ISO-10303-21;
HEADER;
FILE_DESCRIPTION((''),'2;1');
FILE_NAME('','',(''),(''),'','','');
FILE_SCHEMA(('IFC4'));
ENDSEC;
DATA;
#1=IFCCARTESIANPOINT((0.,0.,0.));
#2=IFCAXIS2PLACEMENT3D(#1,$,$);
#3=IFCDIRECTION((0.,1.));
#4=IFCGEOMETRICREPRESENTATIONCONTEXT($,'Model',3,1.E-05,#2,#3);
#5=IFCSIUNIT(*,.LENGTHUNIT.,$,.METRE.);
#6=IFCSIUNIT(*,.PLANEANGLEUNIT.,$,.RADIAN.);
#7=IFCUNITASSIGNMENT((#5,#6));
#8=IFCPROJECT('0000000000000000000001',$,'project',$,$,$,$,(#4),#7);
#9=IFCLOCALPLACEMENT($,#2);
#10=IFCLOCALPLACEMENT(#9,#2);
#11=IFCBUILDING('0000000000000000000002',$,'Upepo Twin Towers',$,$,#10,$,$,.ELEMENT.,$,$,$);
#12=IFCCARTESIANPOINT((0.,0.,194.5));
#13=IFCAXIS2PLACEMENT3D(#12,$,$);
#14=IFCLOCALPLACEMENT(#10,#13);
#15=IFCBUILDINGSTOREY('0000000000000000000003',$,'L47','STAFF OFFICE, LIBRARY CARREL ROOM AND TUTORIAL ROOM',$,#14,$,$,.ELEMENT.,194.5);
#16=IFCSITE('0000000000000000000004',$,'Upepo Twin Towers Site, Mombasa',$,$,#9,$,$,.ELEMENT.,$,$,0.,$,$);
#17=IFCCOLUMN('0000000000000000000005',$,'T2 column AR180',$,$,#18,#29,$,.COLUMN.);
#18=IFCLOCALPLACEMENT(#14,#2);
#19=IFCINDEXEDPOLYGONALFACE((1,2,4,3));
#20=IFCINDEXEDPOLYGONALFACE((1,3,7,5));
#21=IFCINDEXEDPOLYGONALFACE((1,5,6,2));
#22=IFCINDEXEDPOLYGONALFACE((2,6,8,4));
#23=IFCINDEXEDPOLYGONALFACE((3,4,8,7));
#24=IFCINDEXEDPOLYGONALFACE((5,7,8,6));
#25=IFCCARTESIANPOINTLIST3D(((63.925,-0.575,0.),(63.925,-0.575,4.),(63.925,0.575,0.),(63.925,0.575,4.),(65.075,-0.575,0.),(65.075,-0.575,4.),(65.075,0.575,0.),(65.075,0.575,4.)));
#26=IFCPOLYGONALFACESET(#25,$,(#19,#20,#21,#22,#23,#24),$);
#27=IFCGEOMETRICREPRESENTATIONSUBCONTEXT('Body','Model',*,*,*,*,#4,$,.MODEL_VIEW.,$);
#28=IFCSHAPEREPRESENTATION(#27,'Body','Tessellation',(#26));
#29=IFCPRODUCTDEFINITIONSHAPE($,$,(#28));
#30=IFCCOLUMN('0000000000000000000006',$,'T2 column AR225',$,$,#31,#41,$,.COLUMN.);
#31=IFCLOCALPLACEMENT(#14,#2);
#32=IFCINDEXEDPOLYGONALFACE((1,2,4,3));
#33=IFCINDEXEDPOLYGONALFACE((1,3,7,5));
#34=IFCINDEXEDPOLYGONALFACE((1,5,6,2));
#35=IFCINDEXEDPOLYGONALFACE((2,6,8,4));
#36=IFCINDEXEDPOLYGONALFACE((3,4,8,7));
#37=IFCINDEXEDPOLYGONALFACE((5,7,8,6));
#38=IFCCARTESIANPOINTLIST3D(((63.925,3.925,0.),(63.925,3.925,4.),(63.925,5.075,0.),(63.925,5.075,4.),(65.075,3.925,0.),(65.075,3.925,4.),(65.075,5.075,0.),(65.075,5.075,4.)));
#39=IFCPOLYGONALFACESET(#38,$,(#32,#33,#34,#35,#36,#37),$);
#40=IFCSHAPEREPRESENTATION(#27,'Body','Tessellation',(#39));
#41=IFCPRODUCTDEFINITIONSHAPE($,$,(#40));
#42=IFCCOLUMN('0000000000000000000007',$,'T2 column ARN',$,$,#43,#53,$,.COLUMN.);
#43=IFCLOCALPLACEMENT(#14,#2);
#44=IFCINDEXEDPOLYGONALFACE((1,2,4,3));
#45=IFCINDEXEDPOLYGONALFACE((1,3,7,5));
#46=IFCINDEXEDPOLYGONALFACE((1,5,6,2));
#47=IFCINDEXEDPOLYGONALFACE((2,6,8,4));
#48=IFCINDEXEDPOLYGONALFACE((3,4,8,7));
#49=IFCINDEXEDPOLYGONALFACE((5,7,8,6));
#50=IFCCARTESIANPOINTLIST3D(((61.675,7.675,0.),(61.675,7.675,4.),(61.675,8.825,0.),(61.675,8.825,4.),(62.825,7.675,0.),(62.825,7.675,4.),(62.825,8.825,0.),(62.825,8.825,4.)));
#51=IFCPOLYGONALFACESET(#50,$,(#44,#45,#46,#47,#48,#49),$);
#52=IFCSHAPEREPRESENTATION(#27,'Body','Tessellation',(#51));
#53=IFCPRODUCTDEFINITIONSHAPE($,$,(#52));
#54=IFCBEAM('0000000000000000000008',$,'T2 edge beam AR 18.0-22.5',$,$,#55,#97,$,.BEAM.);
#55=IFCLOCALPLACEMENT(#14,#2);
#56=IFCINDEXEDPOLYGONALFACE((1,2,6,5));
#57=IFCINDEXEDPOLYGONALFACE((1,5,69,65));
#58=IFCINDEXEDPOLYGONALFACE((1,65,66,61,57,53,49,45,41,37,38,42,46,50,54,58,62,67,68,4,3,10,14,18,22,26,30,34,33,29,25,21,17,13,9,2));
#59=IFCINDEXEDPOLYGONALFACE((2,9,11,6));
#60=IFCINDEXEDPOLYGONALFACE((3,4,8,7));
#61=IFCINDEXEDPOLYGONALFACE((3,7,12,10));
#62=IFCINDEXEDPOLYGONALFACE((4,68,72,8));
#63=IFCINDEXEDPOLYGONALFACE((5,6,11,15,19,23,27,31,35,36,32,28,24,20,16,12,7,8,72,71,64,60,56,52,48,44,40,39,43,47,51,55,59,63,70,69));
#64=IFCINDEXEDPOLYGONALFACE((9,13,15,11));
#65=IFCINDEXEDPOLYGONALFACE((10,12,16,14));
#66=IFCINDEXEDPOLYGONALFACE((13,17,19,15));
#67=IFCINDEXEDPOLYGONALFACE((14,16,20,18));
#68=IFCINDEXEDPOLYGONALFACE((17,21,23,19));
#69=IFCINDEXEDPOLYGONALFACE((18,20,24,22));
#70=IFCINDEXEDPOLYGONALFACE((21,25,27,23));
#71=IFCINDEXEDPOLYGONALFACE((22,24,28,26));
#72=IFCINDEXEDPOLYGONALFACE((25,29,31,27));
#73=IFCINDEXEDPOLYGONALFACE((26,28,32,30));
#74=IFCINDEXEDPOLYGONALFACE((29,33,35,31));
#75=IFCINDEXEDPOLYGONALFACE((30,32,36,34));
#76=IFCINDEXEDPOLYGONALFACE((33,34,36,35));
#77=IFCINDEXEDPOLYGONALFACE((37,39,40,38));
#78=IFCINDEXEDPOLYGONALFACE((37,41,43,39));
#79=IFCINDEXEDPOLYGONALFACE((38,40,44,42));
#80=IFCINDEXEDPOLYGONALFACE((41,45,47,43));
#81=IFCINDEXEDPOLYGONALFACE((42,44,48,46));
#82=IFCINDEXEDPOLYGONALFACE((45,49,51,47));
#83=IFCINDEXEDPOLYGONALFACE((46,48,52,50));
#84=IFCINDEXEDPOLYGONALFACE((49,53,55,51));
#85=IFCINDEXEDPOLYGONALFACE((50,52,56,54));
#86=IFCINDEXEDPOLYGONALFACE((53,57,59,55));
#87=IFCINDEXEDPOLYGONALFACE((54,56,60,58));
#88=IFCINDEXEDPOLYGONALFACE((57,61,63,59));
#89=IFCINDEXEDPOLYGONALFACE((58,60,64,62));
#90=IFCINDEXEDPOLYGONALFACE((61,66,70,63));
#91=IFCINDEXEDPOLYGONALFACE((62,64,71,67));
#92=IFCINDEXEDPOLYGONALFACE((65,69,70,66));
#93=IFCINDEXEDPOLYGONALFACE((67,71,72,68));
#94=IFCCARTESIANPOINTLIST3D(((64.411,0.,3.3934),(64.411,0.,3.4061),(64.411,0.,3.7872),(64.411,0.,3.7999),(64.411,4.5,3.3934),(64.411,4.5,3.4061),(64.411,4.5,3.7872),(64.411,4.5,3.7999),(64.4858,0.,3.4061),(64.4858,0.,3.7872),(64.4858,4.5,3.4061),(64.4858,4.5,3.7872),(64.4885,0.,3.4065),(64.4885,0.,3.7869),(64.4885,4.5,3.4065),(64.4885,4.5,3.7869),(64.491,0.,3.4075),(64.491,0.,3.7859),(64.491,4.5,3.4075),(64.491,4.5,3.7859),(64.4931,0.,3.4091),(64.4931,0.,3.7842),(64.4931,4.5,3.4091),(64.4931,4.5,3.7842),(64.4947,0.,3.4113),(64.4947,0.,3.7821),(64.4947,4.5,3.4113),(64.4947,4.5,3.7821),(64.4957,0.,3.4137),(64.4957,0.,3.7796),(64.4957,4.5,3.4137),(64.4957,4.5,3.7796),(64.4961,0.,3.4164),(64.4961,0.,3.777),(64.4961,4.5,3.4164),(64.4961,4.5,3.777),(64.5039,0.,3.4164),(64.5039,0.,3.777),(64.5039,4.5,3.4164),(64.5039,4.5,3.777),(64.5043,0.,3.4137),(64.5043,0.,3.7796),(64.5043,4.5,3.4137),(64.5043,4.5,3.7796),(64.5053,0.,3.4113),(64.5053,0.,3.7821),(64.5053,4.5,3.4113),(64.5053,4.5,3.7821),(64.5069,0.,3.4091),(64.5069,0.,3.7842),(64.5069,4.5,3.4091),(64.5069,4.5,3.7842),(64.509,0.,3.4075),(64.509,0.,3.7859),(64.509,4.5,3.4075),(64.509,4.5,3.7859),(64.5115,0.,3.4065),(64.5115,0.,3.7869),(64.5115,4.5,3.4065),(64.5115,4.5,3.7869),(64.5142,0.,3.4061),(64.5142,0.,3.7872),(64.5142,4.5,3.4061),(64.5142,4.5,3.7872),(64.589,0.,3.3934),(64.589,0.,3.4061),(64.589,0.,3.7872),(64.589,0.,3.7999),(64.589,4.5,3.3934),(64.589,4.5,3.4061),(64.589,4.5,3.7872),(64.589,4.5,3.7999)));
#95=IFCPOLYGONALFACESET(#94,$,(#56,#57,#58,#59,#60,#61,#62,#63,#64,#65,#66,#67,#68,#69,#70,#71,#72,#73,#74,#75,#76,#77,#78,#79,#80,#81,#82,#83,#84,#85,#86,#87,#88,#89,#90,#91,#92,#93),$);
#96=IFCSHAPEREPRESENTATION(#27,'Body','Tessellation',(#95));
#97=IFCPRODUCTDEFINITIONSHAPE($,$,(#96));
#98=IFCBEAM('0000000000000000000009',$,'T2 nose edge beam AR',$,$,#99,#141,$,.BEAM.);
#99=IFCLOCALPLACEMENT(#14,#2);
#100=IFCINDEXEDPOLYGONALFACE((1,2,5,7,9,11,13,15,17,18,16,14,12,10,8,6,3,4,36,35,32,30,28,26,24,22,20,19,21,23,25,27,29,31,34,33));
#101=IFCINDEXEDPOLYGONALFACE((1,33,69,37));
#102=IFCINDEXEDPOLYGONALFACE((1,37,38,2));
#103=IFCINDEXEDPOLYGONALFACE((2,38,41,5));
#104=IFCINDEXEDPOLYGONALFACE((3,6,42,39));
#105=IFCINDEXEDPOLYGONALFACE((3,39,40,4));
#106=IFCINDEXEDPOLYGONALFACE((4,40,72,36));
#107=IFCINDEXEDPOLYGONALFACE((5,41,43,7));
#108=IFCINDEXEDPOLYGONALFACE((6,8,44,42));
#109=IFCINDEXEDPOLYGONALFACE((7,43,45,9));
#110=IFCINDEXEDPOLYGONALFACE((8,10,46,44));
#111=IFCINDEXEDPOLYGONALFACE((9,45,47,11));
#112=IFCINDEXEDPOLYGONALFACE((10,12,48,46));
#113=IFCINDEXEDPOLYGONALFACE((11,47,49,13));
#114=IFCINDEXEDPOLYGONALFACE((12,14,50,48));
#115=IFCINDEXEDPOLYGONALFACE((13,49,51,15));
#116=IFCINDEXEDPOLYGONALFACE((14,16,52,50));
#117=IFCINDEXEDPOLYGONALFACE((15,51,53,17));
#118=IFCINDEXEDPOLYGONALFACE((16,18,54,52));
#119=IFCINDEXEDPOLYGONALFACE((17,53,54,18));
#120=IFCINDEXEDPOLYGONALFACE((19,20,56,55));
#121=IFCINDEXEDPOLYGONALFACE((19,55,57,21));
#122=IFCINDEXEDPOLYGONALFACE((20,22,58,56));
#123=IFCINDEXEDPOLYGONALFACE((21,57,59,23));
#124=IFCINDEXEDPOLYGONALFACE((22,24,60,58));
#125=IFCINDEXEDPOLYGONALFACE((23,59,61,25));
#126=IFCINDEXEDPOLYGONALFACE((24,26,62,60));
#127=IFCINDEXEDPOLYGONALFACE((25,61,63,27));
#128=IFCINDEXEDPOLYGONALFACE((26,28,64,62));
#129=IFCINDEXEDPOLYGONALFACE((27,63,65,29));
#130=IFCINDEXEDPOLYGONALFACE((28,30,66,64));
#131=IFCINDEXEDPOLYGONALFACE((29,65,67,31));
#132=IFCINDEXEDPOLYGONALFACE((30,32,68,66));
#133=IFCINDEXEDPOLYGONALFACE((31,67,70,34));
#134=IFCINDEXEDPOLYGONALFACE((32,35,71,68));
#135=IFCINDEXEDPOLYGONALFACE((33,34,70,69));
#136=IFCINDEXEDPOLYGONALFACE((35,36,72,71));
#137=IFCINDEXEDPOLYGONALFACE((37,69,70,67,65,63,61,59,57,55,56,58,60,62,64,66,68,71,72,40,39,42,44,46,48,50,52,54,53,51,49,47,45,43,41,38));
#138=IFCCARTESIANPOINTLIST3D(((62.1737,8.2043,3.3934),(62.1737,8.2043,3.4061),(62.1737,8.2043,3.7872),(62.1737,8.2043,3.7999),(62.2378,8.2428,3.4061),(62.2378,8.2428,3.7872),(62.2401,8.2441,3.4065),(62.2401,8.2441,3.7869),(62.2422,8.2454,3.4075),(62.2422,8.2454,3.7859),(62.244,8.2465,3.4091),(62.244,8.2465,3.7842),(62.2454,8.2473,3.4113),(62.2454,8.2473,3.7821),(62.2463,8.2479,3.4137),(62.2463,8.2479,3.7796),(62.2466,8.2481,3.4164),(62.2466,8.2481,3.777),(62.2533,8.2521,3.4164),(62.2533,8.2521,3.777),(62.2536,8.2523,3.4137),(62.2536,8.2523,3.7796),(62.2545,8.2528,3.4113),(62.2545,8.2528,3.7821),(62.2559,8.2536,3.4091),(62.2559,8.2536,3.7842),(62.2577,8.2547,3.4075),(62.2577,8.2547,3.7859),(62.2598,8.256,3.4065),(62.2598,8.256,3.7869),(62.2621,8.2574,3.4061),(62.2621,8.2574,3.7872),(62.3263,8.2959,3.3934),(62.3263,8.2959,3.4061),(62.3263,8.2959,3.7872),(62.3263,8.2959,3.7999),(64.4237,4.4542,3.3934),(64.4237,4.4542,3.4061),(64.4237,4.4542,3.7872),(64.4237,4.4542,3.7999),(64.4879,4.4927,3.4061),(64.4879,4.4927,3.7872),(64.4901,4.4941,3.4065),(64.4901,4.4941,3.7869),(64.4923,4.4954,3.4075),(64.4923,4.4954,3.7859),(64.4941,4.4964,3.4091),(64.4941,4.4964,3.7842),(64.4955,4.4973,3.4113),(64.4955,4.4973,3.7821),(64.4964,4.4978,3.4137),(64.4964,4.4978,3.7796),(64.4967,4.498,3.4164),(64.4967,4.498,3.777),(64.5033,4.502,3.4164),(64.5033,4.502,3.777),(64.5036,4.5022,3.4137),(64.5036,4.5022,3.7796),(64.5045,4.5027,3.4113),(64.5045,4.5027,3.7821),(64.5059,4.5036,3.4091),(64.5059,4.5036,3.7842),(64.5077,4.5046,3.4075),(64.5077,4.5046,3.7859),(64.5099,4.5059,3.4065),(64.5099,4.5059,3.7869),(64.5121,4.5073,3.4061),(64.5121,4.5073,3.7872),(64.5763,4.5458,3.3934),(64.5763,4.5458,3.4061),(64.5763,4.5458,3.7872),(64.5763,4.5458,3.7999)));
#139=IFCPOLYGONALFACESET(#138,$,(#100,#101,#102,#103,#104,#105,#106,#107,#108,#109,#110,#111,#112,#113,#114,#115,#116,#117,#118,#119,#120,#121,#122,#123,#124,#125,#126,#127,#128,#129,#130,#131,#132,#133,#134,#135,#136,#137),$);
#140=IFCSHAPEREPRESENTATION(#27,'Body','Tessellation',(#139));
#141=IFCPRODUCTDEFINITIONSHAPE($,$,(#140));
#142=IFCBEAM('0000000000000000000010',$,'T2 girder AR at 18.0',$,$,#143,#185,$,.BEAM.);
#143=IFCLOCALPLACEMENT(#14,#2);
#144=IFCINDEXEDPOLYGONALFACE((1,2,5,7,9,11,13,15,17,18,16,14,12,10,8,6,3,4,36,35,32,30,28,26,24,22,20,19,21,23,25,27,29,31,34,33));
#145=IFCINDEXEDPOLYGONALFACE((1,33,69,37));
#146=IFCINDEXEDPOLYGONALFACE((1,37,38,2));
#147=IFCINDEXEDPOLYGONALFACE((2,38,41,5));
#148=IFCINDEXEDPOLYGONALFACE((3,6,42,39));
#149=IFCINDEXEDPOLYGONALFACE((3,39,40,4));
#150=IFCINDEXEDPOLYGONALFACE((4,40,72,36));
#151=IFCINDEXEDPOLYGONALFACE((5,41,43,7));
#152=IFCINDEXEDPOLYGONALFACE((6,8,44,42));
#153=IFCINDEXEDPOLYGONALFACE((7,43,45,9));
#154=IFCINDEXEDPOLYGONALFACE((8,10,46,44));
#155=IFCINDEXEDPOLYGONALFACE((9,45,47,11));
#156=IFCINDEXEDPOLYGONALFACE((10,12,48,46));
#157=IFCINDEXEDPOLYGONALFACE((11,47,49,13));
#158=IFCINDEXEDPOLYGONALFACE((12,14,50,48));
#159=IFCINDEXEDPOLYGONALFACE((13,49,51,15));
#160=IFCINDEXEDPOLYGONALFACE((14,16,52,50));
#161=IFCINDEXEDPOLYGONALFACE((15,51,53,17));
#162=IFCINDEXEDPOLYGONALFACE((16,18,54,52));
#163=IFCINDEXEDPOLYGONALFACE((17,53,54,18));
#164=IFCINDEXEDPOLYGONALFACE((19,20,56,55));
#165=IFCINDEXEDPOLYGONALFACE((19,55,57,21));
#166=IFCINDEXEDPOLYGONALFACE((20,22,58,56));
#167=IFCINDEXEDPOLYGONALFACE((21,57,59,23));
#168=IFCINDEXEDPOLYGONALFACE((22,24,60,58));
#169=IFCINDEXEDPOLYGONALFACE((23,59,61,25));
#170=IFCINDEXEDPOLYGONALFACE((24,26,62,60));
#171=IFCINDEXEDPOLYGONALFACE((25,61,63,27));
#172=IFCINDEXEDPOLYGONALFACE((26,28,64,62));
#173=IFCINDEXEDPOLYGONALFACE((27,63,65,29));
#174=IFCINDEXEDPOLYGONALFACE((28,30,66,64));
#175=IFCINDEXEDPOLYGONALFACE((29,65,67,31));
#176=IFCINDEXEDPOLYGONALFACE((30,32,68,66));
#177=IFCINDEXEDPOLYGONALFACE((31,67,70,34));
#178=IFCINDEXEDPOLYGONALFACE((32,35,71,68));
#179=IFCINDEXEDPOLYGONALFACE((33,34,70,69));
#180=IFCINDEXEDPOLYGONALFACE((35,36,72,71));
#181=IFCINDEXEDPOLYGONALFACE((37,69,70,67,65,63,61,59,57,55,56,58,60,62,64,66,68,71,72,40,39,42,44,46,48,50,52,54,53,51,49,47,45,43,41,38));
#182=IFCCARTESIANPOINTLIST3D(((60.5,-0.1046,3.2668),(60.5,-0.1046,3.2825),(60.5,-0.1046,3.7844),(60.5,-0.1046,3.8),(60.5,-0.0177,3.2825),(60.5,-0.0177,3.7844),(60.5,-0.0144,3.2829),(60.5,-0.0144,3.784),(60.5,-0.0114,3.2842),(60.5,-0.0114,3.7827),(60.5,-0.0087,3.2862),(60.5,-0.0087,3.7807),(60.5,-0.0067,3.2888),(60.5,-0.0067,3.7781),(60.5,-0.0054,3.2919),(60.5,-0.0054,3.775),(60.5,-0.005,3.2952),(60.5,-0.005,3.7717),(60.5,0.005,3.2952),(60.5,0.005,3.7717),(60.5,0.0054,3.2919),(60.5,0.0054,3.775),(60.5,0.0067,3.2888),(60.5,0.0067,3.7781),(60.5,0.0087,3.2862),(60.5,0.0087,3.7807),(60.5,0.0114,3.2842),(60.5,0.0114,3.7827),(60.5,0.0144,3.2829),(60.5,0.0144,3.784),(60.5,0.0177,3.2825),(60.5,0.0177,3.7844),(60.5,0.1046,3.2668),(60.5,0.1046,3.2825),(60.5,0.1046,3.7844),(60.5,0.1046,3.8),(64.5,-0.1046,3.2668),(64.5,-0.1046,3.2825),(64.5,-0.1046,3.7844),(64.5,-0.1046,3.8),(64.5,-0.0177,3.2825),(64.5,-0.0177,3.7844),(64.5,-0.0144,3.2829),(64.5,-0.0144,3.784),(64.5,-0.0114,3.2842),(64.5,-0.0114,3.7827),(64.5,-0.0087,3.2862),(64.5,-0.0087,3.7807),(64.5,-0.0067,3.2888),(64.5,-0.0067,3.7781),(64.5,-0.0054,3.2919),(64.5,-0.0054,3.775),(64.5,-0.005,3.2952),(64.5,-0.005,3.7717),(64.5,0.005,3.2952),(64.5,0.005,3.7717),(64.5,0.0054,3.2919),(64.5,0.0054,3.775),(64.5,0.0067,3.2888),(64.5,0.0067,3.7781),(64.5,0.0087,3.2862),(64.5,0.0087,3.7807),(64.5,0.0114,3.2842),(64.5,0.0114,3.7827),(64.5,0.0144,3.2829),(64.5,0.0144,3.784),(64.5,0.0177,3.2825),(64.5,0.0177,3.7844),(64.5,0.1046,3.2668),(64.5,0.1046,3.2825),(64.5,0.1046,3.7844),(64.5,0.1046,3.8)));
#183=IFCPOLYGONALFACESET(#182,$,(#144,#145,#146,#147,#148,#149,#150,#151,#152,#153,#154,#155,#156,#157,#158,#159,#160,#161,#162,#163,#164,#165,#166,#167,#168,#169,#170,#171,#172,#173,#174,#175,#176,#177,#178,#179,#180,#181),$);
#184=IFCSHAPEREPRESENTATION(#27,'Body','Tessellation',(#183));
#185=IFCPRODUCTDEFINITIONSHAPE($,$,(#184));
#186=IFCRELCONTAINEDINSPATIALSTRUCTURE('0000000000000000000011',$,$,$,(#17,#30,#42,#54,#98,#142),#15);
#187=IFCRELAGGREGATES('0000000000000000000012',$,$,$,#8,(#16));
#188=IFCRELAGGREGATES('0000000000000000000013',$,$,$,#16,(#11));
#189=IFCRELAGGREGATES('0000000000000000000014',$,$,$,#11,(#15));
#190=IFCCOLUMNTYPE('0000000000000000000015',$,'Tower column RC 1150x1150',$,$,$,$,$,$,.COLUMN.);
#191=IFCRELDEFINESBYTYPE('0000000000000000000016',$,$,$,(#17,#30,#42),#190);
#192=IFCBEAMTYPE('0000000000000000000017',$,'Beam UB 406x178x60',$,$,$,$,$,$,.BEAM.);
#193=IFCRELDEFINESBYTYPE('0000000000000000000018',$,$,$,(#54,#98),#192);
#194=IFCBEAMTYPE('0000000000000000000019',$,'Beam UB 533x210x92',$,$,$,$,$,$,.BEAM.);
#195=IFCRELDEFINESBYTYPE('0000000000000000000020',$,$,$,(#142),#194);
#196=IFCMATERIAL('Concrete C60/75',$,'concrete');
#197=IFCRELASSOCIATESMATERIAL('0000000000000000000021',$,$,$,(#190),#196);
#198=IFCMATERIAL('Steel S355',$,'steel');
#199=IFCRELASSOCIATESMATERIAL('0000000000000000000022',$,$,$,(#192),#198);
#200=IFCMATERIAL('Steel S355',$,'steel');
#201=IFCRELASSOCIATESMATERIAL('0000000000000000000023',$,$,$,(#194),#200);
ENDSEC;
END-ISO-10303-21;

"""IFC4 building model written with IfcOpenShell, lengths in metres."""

from ifc_helpers import new_model, si_unit, direction, frame, origin, origin_2d, place, context, subcontext, project, spatial, rectangle, i_section, extrude, material, material_profile, profile_set, type_object, element, save


model = new_model("IFC4")

# Units and contexts
model_context = context("Model", 3, precision=1e-05, world=origin(), true_north=direction((0.0, 1.0)))
body_context = subcontext(model_context, "Body", "Model", "MODEL_VIEW")
ifc_project = project(units=[si_unit("LENGTHUNIT", "METRE"), si_unit("PLANEANGLEUNIT", "RADIAN")], contexts=[model_context])

# Site, building, storey
site_placement = place(None, origin())
site = spatial("IfcSite", under=ifc_project, at=site_placement, Name="Upepo Twin Towers Site, Mombasa", CompositionType="ELEMENT", RefElevation=0.0)
building_placement = place(site_placement, origin())
building = spatial("IfcBuilding", under=site, at=building_placement, Name="Upepo Twin Towers", CompositionType="ELEMENT")
storey_placement = place(building_placement, frame((0.0, 0.0, 194.5)))
storey = spatial("IfcBuildingStorey", under=building, at=storey_placement, Name="L47", Description="STAFF OFFICE, LIBRARY CARREL ROOM AND TUTORIAL ROOM", CompositionType="ELEMENT", Elevation=194.5)

# Columns
ifc_material_1 = material(Name="Concrete C60/75", Category="concrete")
ifc_material_profile_1 = material_profile(ifc_material_1, rectangle(XDim=1.1499, YDim=1.1499, at=origin_2d()), Name="RC 1150x1150")
ifc_profile_set_1 = profile_set([ifc_material_profile_1], Name="Concrete C60/75")
column_type = type_object("IfcColumnType", Name="Tower column RC 1150x1150", PredefinedType="COLUMN", material=ifc_profile_set_1)
for number, where, z_axis, x_axis, name in (
    (1, (64.5, 0.0, 0.0), (0.0, 0.0, 1.0), (1.0, 0.0, 0.0), "T2 column AR180"),
    (2, (64.5, 4.5, 0.0), (0.0, 0.0, 1.0), (1.0, 0.0, 0.0), "T2 column AR225"),
    (3, (62.25, 8.25, 0.0), (0.0, 0.0, 1.0), (1.0, 0.0, 0.0), "T2 column ARN"),
):
    element("IfcColumn", number, at=place(storey_placement, frame(where, z_axis=z_axis, x_axis=x_axis)), inside=storey, type_object=column_type, Name=name, PredefinedType="COLUMN", context=body_context, shape_type="SweptSolid", body=[
        extrude(rectangle(XDim=1.1499, YDim=1.1499, at=origin_2d()), origin(), (0.0, 0.0, 1.0), 4.0),
    ])

# Beams
ifc_material_2 = material(Name="Steel S355", Category="steel")
ifc_material_profile_2 = material_profile(ifc_material_2, i_section(OverallWidth=0.178, OverallDepth=0.4065, WebThickness=0.0078, FlangeThickness=0.0127, FilletRadius=0.0103, at=origin_2d()), Name="UB 406x178x60")
ifc_profile_set_2 = profile_set([ifc_material_profile_2], Name="Steel S355")
beam_type_1 = type_object("IfcBeamType", Name="Beam UB 406x178x60", PredefinedType="BEAM", material=ifc_profile_set_2)
beam_1_placement = place(storey_placement, frame((64.5, 0.0, 3.5967), z_axis=(0.0, 1.0, 0.0), x_axis=(-1.0, 0.0, 0.0)))
element("IfcBeam", 4, at=beam_1_placement, inside=storey, type_object=beam_type_1, Name="T2 edge beam AR 18.0-22.5", PredefinedType="BEAM", context=body_context, shape_type="SweptSolid", body=[
    extrude(i_section(OverallWidth=0.178, OverallDepth=0.4065, WebThickness=0.0078, FlangeThickness=0.0127, FilletRadius=0.0103, at=origin_2d()), origin(), (0.0, 0.0, 1.0), 4.5),
])
beam_2_placement = place(storey_placement, frame((64.5, 4.5, 3.5967), z_axis=(-0.514496, 0.857493, 0.0), x_axis=(-0.857493, -0.514496, 0.0)))
element("IfcBeam", 5, at=beam_2_placement, inside=storey, type_object=beam_type_1, Name="T2 nose edge beam AR", PredefinedType="BEAM", context=body_context, shape_type="SweptSolid", body=[
    extrude(i_section(OverallWidth=0.178, OverallDepth=0.4065, WebThickness=0.0078, FlangeThickness=0.0127, FilletRadius=0.0103, at=origin_2d()), origin(), (0.0, 0.0, 1.0), 4.3733),
])
ifc_material_3 = material(Name="Steel S355", Category="steel")
ifc_material_profile_3 = material_profile(ifc_material_3, i_section(OverallWidth=0.2092, OverallDepth=0.5332, WebThickness=0.01, FlangeThickness=0.0156, FilletRadius=0.0127, at=origin_2d()), Name="UB 533x210x92")
ifc_profile_set_3 = profile_set([ifc_material_profile_3], Name="Steel S355")
beam_type_2 = type_object("IfcBeamType", Name="Beam UB 533x210x92", PredefinedType="BEAM", material=ifc_profile_set_3)
for number, where, z_axis, x_axis, name in (
    (6, (64.5, 0.0, 3.5334), (-1.0, 0.0, 0.0), (0.0, -1.0, 0.0), "T2 girder AR at 18.0"),
):
    element("IfcBeam", number, at=place(storey_placement, frame(where, z_axis=z_axis, x_axis=x_axis)), inside=storey, type_object=beam_type_2, Name=name, PredefinedType="BEAM", context=body_context, shape_type="SweptSolid", body=[
        extrude(i_section(OverallWidth=0.2092, OverallDepth=0.5332, WebThickness=0.01, FlangeThickness=0.0156, FilletRadius=0.0127, at=origin_2d()), origin(), (0.0, 0.0, 1.0), 4.0),
    ])

save(model, "model.ifc")
